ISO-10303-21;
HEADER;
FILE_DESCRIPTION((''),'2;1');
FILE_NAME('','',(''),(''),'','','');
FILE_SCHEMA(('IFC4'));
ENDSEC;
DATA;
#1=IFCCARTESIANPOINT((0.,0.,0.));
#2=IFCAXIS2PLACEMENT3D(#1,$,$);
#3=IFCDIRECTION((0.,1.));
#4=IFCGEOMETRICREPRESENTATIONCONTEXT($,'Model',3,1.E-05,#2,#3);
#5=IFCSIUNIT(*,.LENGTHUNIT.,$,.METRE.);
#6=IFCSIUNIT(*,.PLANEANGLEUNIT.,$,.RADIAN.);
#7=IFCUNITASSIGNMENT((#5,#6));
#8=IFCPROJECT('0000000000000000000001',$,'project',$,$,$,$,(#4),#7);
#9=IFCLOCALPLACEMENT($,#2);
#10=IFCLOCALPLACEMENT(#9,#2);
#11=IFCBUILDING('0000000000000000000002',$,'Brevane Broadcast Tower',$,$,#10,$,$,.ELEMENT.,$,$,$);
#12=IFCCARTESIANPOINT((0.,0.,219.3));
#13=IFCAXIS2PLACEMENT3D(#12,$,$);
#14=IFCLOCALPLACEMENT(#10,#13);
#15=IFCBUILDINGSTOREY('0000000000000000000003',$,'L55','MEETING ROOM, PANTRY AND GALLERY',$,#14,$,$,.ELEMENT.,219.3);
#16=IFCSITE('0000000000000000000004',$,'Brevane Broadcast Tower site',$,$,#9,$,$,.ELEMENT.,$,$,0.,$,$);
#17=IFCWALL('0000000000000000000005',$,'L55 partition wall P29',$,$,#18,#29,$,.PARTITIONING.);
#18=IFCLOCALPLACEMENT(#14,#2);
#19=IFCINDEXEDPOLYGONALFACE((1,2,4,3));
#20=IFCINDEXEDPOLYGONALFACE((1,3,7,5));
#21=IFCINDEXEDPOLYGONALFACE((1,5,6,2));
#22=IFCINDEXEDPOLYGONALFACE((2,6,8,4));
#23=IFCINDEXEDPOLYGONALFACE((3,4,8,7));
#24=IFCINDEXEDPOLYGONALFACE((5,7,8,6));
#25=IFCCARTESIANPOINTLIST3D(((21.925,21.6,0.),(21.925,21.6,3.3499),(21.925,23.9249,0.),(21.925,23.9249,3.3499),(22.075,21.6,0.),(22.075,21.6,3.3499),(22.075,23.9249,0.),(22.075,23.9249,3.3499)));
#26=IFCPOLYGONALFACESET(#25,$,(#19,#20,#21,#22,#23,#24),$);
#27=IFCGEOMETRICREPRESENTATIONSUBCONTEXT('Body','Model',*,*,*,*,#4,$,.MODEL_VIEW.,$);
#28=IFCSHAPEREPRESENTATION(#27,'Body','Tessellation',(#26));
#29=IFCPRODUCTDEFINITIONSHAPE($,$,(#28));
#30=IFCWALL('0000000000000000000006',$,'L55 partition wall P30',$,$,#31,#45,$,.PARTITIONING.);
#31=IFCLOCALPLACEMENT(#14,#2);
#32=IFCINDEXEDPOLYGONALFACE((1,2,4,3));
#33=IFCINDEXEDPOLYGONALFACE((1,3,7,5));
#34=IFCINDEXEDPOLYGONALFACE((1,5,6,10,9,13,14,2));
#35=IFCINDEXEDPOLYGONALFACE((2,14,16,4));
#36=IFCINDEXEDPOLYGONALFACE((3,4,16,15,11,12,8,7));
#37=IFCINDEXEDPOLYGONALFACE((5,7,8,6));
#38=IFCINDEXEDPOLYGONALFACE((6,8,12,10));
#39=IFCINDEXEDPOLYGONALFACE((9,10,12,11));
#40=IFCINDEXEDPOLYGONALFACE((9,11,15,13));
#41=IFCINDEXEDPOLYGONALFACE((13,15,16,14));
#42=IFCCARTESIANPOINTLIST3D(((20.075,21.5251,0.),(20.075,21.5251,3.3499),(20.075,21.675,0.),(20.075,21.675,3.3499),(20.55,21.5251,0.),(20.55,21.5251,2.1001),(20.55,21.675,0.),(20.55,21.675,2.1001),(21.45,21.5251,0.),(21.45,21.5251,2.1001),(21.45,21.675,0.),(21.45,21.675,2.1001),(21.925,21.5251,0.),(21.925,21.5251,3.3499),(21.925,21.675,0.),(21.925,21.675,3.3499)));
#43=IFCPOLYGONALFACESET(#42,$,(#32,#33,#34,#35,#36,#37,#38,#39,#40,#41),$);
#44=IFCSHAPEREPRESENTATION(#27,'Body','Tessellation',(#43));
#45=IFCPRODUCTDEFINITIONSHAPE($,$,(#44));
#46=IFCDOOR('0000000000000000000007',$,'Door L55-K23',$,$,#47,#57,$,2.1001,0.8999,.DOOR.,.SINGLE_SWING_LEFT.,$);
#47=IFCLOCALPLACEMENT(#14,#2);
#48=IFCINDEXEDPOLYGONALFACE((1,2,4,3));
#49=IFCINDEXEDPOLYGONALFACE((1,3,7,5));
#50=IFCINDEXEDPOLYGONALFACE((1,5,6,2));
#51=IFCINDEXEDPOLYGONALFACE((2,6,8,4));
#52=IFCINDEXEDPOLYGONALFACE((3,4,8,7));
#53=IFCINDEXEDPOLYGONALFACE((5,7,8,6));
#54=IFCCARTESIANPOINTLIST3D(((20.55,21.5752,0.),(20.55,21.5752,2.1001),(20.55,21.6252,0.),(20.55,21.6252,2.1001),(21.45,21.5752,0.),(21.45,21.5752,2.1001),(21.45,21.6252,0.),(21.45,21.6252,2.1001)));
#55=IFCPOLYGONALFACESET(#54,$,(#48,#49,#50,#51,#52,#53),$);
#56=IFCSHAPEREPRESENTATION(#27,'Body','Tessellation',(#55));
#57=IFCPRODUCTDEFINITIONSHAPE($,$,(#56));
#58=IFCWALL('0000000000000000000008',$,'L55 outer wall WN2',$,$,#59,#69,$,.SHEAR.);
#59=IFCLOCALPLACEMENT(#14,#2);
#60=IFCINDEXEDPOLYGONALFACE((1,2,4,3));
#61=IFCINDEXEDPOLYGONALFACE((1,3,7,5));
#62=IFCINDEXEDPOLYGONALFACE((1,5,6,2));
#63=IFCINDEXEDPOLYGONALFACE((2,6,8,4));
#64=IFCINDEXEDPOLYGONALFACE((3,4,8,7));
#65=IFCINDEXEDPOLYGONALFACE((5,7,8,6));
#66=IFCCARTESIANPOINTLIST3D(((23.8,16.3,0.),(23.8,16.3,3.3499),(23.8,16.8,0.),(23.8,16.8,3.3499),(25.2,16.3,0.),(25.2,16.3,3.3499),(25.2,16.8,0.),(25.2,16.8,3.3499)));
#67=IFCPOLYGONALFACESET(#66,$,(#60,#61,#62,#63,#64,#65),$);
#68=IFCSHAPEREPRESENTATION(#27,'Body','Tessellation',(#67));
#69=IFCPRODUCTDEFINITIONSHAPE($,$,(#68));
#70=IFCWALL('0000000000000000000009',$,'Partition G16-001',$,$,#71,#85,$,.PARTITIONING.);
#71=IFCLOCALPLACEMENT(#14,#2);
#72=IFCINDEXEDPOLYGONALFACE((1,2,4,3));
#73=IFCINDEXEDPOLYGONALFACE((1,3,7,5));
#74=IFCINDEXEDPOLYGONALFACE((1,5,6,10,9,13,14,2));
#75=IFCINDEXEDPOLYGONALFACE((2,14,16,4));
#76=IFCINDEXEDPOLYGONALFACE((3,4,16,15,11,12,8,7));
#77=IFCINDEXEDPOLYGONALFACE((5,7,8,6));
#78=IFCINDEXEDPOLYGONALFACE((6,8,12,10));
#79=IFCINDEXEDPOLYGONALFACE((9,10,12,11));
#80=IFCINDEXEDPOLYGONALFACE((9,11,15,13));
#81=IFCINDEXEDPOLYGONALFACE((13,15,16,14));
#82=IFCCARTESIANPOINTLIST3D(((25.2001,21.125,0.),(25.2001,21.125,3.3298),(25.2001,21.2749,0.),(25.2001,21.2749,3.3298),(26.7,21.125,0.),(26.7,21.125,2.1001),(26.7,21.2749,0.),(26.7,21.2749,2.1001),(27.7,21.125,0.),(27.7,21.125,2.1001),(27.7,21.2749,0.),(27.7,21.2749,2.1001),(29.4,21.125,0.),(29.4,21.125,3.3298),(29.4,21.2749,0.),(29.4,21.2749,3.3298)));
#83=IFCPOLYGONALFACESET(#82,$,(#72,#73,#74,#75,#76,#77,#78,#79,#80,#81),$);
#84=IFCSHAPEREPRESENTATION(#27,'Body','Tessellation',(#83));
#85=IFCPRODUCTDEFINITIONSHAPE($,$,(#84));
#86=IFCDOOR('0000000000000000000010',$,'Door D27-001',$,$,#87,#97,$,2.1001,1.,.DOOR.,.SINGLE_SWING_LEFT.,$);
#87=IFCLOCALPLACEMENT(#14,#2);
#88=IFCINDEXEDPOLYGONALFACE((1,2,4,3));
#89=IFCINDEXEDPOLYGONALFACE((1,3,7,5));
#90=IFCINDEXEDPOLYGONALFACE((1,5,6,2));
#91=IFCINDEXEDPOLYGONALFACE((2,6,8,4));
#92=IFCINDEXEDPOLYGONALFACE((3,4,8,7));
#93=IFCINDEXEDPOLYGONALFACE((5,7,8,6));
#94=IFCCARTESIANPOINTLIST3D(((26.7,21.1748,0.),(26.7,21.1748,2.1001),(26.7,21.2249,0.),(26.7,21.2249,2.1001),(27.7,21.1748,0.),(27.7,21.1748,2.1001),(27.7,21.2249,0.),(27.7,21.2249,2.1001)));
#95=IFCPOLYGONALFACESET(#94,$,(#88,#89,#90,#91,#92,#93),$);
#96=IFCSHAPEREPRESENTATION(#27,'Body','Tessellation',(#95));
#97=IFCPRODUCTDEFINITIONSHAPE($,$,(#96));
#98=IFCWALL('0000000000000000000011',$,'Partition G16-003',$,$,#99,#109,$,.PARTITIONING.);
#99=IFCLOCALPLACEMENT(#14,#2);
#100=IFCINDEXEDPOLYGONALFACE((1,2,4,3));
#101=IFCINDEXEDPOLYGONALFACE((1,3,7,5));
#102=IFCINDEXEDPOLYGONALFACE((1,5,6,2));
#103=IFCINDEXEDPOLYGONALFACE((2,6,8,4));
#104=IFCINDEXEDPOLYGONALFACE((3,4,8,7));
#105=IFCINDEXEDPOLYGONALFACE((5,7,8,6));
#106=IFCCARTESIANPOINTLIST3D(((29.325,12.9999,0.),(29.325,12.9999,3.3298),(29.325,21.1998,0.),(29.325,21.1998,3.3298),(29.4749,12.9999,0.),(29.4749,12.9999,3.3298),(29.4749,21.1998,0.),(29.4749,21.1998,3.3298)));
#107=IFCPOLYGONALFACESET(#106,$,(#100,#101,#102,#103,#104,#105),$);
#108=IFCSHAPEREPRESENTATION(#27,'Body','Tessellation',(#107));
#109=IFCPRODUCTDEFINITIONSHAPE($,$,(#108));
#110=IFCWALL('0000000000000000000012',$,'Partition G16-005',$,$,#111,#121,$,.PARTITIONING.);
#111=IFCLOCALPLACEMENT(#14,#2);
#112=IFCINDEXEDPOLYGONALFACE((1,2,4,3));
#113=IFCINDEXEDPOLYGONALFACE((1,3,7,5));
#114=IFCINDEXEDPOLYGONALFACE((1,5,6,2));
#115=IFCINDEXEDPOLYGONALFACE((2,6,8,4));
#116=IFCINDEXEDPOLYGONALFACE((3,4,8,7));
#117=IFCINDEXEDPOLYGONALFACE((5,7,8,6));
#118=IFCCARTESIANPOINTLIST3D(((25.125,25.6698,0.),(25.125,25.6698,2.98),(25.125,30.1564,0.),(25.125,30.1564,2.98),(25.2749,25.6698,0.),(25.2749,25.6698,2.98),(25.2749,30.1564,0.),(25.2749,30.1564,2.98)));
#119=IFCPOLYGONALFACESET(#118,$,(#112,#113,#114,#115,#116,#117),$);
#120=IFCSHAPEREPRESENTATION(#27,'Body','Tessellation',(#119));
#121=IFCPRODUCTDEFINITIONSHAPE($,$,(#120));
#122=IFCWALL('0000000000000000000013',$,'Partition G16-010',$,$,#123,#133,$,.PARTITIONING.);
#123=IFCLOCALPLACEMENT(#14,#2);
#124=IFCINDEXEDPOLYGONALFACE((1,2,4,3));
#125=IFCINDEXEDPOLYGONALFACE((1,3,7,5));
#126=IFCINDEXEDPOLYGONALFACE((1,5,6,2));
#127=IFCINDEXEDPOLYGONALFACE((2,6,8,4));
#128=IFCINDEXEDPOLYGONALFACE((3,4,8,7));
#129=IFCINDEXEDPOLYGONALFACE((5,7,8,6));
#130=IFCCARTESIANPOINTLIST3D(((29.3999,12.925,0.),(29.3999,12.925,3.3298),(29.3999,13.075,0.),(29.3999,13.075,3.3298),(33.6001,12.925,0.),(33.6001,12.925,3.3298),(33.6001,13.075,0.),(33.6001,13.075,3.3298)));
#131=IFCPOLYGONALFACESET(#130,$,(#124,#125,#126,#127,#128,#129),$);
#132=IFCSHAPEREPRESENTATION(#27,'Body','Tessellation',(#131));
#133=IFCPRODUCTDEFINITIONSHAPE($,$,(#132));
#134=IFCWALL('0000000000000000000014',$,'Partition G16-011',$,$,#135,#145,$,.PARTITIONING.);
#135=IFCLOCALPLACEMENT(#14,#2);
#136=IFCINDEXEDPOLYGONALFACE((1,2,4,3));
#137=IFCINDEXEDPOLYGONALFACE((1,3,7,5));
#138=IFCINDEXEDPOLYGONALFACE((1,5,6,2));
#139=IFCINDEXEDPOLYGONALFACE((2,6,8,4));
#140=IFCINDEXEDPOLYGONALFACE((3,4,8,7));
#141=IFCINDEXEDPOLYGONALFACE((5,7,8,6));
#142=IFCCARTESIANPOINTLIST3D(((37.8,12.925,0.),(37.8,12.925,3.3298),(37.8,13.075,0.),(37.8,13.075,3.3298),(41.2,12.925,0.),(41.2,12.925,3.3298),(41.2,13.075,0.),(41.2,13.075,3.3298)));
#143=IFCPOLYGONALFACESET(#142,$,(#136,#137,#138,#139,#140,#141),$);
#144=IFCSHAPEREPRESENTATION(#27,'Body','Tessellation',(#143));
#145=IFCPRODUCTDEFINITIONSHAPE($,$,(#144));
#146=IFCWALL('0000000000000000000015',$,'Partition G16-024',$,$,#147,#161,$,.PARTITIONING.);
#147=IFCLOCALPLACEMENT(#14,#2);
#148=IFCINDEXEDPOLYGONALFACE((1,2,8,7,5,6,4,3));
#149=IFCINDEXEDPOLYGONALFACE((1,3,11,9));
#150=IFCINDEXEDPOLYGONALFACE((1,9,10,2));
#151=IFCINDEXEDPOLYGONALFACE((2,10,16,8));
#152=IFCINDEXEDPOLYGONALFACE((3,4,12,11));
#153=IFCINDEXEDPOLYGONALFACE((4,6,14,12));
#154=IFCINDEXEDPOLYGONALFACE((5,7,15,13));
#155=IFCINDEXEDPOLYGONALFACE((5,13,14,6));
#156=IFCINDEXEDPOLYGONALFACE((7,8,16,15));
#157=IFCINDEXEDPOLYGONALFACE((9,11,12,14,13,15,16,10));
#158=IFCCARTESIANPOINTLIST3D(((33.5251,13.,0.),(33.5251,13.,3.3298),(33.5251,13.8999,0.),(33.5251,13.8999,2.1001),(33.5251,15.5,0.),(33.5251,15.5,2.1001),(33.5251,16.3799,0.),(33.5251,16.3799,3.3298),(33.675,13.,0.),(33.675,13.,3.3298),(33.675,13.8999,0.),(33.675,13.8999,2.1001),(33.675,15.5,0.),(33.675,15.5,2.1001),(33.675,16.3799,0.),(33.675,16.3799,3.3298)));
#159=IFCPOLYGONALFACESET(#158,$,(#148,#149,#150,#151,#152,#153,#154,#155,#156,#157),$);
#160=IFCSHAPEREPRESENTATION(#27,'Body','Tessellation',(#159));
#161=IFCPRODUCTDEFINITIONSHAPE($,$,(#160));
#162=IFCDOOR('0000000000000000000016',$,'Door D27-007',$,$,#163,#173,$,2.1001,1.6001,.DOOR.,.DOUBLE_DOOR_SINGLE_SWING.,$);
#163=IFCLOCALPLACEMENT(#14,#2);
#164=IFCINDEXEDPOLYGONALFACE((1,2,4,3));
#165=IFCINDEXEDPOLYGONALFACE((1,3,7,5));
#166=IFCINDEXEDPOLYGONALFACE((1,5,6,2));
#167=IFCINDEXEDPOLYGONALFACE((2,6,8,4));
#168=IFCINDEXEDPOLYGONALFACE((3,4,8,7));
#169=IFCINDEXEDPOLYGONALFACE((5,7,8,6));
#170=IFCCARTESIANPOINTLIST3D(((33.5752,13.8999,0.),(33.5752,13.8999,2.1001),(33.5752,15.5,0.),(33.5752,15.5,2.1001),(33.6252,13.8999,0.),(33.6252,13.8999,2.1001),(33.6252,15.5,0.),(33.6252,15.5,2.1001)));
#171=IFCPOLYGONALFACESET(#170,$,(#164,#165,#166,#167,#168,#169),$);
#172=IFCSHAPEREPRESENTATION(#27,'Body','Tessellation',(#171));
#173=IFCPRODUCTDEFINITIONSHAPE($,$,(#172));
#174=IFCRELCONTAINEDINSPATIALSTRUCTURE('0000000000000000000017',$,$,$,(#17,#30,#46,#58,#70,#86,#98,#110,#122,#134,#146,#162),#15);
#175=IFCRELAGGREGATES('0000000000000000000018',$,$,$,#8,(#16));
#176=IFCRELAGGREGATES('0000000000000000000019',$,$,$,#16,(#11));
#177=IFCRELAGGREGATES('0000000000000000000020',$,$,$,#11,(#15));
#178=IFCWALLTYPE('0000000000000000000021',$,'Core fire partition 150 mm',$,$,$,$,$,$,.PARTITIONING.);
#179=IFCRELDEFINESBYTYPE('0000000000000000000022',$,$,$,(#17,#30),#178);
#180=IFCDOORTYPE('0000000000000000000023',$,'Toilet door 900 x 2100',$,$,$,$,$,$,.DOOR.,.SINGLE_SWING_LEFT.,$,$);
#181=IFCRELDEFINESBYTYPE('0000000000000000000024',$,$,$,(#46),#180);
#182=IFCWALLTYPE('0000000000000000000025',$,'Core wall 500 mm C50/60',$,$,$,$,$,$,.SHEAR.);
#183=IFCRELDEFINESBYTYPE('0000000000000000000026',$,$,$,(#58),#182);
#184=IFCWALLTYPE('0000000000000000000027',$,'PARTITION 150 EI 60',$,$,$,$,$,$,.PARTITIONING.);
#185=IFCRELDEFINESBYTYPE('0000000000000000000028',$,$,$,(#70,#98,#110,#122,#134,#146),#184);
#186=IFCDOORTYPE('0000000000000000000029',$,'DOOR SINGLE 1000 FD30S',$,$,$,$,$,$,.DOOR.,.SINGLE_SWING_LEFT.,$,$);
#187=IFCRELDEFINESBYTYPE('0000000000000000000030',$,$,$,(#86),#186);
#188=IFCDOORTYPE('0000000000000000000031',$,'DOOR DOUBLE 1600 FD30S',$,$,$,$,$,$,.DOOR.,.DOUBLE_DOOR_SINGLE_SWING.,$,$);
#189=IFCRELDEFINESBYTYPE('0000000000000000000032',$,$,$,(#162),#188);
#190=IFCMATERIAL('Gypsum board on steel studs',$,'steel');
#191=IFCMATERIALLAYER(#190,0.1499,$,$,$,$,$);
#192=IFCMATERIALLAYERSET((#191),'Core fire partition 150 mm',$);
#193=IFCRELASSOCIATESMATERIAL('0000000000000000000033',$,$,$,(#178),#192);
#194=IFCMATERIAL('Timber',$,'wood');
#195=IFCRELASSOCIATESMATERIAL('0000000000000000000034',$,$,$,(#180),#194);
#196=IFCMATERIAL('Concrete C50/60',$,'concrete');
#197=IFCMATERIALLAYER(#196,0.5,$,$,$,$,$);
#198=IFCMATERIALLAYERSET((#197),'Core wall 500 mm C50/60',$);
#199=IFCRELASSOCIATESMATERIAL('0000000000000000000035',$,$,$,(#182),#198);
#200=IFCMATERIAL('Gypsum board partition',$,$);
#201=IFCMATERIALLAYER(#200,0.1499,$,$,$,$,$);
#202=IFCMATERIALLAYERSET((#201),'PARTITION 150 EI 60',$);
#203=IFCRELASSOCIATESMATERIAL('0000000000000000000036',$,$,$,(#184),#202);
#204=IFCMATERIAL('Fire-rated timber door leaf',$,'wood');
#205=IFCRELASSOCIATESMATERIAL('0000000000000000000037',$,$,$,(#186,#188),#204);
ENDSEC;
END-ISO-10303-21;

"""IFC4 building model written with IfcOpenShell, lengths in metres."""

from ifc_helpers import new_model, si_unit, direction, frame, frame_2d, origin, place, context, subcontext, project, spatial, rectangle, extrude, material, layer, layer_set, type_object, element, fill, save


model = new_model("IFC4")

# Units and contexts
model_context = context("Model", 3, precision=1e-05, world=origin(), true_north=direction((0.0, 1.0)))
body_context = subcontext(model_context, "Body", "Model", "MODEL_VIEW")
ifc_project = project(units=[si_unit("LENGTHUNIT", "METRE"), si_unit("PLANEANGLEUNIT", "RADIAN")], contexts=[model_context])

# Site, building, storey
site_placement = place(None, origin())
site = spatial("IfcSite", under=ifc_project, at=site_placement, Name="Brevane Broadcast Tower site", CompositionType="ELEMENT", RefElevation=0.0)
building_placement = place(site_placement, origin())
building = spatial("IfcBuilding", under=site, at=building_placement, Name="Brevane Broadcast Tower", CompositionType="ELEMENT")
storey_placement = place(building_placement, frame((0.0, 0.0, 219.3)))
storey = spatial("IfcBuildingStorey", under=building, at=storey_placement, Name="L55", Description="MEETING ROOM, PANTRY AND GALLERY", CompositionType="ELEMENT", Elevation=219.3)

# Shared definitions
ifc_material_1 = material(Name="Concrete C50/60", Category="concrete")

# Wall
ifc_material_2 = material(Name="Gypsum board on steel studs", Category="steel")
ifc_layer_1 = layer(ifc_material_2, 0.1499)
ifc_layer_set_1 = layer_set([ifc_layer_1], Name="Core fire partition 150 mm")
wall_type_1 = type_object("IfcWallType", Name="Core fire partition 150 mm", PredefinedType="PARTITIONING", material=ifc_layer_set_1)
wall_1_placement = place(storey_placement, frame((22.0, 23.925, 0.0), z_axis=(0.0, 0.0, 1.0), x_axis=(0.0, -1.0, 0.0)))
element("IfcWall", 1, at=wall_1_placement, inside=storey, type_object=wall_type_1, Name="L55 partition wall P29", PredefinedType="PARTITIONING", context=body_context, shape_type="SweptSolid", body=[
    extrude(rectangle(XDim=2.325, YDim=0.1499, at=frame_2d((1.1626, 0.0))), origin(), (0.0, 0.0, 1.0), 3.3499),
])

# Wall, opening, door
wall_2_placement = place(storey_placement, frame((21.925, 21.6001, 0.0), z_axis=(0.0, 0.0, 1.0), x_axis=(-1.0, 0.0, 0.0)))
wall_2 = element("IfcWall", 2, at=wall_2_placement, inside=storey, type_object=wall_type_1, Name="L55 partition wall P30", PredefinedType="PARTITIONING", context=body_context, shape_type="SweptSolid", body=[
    extrude(rectangle(XDim=1.8501, YDim=0.1499, at=frame_2d((0.925, 0.0))), origin(), (0.0, 0.0, 1.0), 3.3499),
])
opening_1_placement = place(wall_2_placement, frame((0.4751, 0.0, 0.0)))
opening_1 = element("IfcOpeningElement", 3, at=opening_1_placement, cuts=wall_2, PredefinedType="OPENING", context=body_context, shape_type="SweptSolid", body=[
    extrude(rectangle(XDim=0.8999, YDim=2.1001, at=frame_2d((0.45, 1.05))), frame((0.0, 0.085, 0.0), z_axis=(0.0, -1.0, 0.0), x_axis=(1.0, 0.0, 0.0)), (0.0, 0.0, 1.0), 0.1699),
])
ifc_material_3 = material(Name="Timber", Category="wood")
door_type_1 = type_object("IfcDoorType", Name="Toilet door 900 x 2100", OperationType="SINGLE_SWING_LEFT", PredefinedType="DOOR", material=ifc_material_3)
door_1_placement = place(opening_1_placement, origin())
door_1 = element("IfcDoor", 4, at=door_1_placement, inside=storey, type_object=door_type_1, Name="Door L55-K23", OperationType="SINGLE_SWING_LEFT", OverallHeight=2.1001, OverallWidth=0.8999, PredefinedType="DOOR", context=body_context, shape_type="SweptSolid", body=[
    extrude(rectangle(XDim=0.8999, YDim=2.1001, at=frame_2d((0.45, 1.05))), frame((0.0, 0.0249, 0.0), z_axis=(0.0, -1.0, 0.0), x_axis=(1.0, 0.0, 0.0)), (0.0, 0.0, 1.0), 0.05),
])
fill(opening_1, door_1)

# Wall
ifc_layer_2 = layer(ifc_material_1, 0.5)
ifc_layer_set_2 = layer_set([ifc_layer_2], Name="Core wall 500 mm C50/60")
wall_type_2 = type_object("IfcWallType", Name="Core wall 500 mm C50/60", PredefinedType="SHEAR", material=ifc_layer_set_2)
wall_3_placement = place(storey_placement, frame((23.8, 16.55, 0.0), z_axis=(0.0, 0.0, 1.0), x_axis=(1.0, 0.0, 0.0)))
element("IfcWall", 5, at=wall_3_placement, inside=storey, type_object=wall_type_2, Name="L55 outer wall WN2", PredefinedType="SHEAR", context=body_context, shape_type="SweptSolid", body=[
    extrude(rectangle(XDim=1.3999, YDim=0.5, at=frame_2d((0.7, 0.0))), origin(), (0.0, 0.0, 1.0), 3.3499),
])

# Wall, opening, door
ifc_material_4 = material(Name="Gypsum board partition")
ifc_layer_3 = layer(ifc_material_4, 0.1499)
ifc_layer_set_3 = layer_set([ifc_layer_3], Name="PARTITION 150 EI 60")
wall_type_3 = type_object("IfcWallType", Name="PARTITION 150 EI 60", PredefinedType="PARTITIONING", material=ifc_layer_set_3)
wall_4_placement = place(storey_placement, frame((25.2, 21.2, 0.0), z_axis=(0.0, 0.0, 1.0), x_axis=(1.0, 0.0, 0.0)))
wall_4 = element("IfcWall", 6, at=wall_4_placement, inside=storey, type_object=wall_type_3, Name="Partition G16-001", PredefinedType="PARTITIONING", context=body_context, shape_type="SweptSolid", body=[
    extrude(rectangle(XDim=4.2, YDim=0.1499, at=frame_2d((2.1001, 0.0))), origin(), (0.0, 0.0, 1.0), 3.3298),
])
opening_2_placement = place(wall_4_placement, frame((1.5, 0.0, 0.0)))
opening_2 = element("IfcOpeningElement", 7, at=opening_2_placement, cuts=wall_4, PredefinedType="OPENING", context=body_context, shape_type="SweptSolid", body=[
    extrude(rectangle(XDim=1.0, YDim=2.1001, at=frame_2d((0.5, 1.05))), frame((0.0, 0.085, 0.0), z_axis=(0.0, -1.0, 0.0), x_axis=(1.0, 0.0, 0.0)), (0.0, 0.0, 1.0), 0.1699),
])
ifc_material_5 = material(Name="Fire-rated timber door leaf", Category="wood")
door_type_2 = type_object("IfcDoorType", Name="DOOR SINGLE 1000 FD30S", OperationType="SINGLE_SWING_LEFT", PredefinedType="DOOR", material=ifc_material_5)
door_2_placement = place(opening_2_placement, origin())
door_2 = element("IfcDoor", 8, at=door_2_placement, inside=storey, type_object=door_type_2, Name="Door D27-001", OperationType="SINGLE_SWING_LEFT", OverallHeight=2.1001, OverallWidth=1.0, PredefinedType="DOOR", context=body_context, shape_type="SweptSolid", body=[
    extrude(rectangle(XDim=1.0, YDim=2.1001, at=frame_2d((0.5, 1.05))), frame((0.0, 0.0249, 0.0), z_axis=(0.0, -1.0, 0.0), x_axis=(1.0, 0.0, 0.0)), (0.0, 0.0, 1.0), 0.05),
])
fill(opening_2, door_2)

# Walls
wall_5_placement = place(storey_placement, frame((29.3999, 21.2, 0.0), z_axis=(0.0, 0.0, 1.0), x_axis=(0.0, -1.0, 0.0)))
element("IfcWall", 9, at=wall_5_placement, inside=storey, type_object=wall_type_3, Name="Partition G16-003", PredefinedType="PARTITIONING", context=body_context, shape_type="SweptSolid", body=[
    extrude(rectangle(XDim=8.2, YDim=0.1499, at=frame_2d((4.1001, 0.0))), origin(), (0.0, 0.0, 1.0), 3.3298),
])
wall_6_placement = place(storey_placement, frame((25.2, 25.6699, 0.0), z_axis=(0.0, 0.0, 1.0), x_axis=(0.0, 1.0, 0.0)))
element("IfcWall", 10, at=wall_6_placement, inside=storey, type_object=wall_type_3, Name="Partition G16-005", PredefinedType="PARTITIONING", context=body_context, shape_type="SweptSolid", body=[
    extrude(rectangle(XDim=4.4866, YDim=0.1499, at=frame_2d((2.2432, 0.0))), origin(), (0.0, 0.0, 1.0), 2.98),
])
wall_7_placement = place(storey_placement, frame((29.3999, 13.0, 0.0), z_axis=(0.0, 0.0, 1.0), x_axis=(1.0, 0.0, 0.0)))
element("IfcWall", 11, at=wall_7_placement, inside=storey, type_object=wall_type_3, Name="Partition G16-010", PredefinedType="PARTITIONING", context=body_context, shape_type="SweptSolid", body=[
    extrude(rectangle(XDim=4.2002, YDim=0.1499, at=frame_2d((2.1001, 0.0))), origin(), (0.0, 0.0, 1.0), 3.3298),
])
wall_8_placement = place(storey_placement, frame((37.8, 13.0, 0.0), z_axis=(0.0, 0.0, 1.0), x_axis=(1.0, 0.0, 0.0)))
element("IfcWall", 12, at=wall_8_placement, inside=storey, type_object=wall_type_3, Name="Partition G16-011", PredefinedType="PARTITIONING", context=body_context, shape_type="SweptSolid", body=[
    extrude(rectangle(XDim=3.3999, YDim=0.1499, at=frame_2d((1.7, 0.0))), origin(), (0.0, 0.0, 1.0), 3.3298),
])

# Wall, opening, door
wall_9_placement = place(storey_placement, frame((33.6001, 13.0, 0.0), z_axis=(0.0, 0.0, 1.0), x_axis=(0.0, 1.0, 0.0)))
wall_9 = element("IfcWall", 13, at=wall_9_placement, inside=storey, type_object=wall_type_3, Name="Partition G16-024", PredefinedType="PARTITIONING", context=body_context, shape_type="SweptSolid", body=[
    extrude(rectangle(XDim=3.3799, YDim=0.1499, at=frame_2d((1.6899, 0.0))), origin(), (0.0, 0.0, 1.0), 3.3298),
])
opening_3_placement = place(wall_9_placement, frame((0.8999, 0.0, 0.0)))
opening_3 = element("IfcOpeningElement", 14, at=opening_3_placement, cuts=wall_9, PredefinedType="OPENING", context=body_context, shape_type="SweptSolid", body=[
    extrude(rectangle(XDim=1.6001, YDim=2.1001, at=frame_2d((0.8, 1.05))), frame((0.0, 0.085, 0.0), z_axis=(0.0, -1.0, 0.0), x_axis=(1.0, 0.0, 0.0)), (0.0, 0.0, 1.0), 0.1699),
])
door_type_3 = type_object("IfcDoorType", Name="DOOR DOUBLE 1600 FD30S", OperationType="DOUBLE_DOOR_SINGLE_SWING", PredefinedType="DOOR", material=ifc_material_5)
door_3_placement = place(opening_3_placement, origin())
door_3 = element("IfcDoor", 15, at=door_3_placement, inside=storey, type_object=door_type_3, Name="Door D27-007", OperationType="DOUBLE_DOOR_SINGLE_SWING", OverallHeight=2.1001, OverallWidth=1.6001, PredefinedType="DOOR", context=body_context, shape_type="SweptSolid", body=[
    extrude(rectangle(XDim=1.6001, YDim=2.1001, at=frame_2d((0.8, 1.05))), frame((0.0, 0.0249, 0.0), z_axis=(0.0, -1.0, 0.0), x_axis=(1.0, 0.0, 0.0)), (0.0, 0.0, 1.0), 0.05),
])
fill(opening_3, door_3)

save(model, "model.ifc")
